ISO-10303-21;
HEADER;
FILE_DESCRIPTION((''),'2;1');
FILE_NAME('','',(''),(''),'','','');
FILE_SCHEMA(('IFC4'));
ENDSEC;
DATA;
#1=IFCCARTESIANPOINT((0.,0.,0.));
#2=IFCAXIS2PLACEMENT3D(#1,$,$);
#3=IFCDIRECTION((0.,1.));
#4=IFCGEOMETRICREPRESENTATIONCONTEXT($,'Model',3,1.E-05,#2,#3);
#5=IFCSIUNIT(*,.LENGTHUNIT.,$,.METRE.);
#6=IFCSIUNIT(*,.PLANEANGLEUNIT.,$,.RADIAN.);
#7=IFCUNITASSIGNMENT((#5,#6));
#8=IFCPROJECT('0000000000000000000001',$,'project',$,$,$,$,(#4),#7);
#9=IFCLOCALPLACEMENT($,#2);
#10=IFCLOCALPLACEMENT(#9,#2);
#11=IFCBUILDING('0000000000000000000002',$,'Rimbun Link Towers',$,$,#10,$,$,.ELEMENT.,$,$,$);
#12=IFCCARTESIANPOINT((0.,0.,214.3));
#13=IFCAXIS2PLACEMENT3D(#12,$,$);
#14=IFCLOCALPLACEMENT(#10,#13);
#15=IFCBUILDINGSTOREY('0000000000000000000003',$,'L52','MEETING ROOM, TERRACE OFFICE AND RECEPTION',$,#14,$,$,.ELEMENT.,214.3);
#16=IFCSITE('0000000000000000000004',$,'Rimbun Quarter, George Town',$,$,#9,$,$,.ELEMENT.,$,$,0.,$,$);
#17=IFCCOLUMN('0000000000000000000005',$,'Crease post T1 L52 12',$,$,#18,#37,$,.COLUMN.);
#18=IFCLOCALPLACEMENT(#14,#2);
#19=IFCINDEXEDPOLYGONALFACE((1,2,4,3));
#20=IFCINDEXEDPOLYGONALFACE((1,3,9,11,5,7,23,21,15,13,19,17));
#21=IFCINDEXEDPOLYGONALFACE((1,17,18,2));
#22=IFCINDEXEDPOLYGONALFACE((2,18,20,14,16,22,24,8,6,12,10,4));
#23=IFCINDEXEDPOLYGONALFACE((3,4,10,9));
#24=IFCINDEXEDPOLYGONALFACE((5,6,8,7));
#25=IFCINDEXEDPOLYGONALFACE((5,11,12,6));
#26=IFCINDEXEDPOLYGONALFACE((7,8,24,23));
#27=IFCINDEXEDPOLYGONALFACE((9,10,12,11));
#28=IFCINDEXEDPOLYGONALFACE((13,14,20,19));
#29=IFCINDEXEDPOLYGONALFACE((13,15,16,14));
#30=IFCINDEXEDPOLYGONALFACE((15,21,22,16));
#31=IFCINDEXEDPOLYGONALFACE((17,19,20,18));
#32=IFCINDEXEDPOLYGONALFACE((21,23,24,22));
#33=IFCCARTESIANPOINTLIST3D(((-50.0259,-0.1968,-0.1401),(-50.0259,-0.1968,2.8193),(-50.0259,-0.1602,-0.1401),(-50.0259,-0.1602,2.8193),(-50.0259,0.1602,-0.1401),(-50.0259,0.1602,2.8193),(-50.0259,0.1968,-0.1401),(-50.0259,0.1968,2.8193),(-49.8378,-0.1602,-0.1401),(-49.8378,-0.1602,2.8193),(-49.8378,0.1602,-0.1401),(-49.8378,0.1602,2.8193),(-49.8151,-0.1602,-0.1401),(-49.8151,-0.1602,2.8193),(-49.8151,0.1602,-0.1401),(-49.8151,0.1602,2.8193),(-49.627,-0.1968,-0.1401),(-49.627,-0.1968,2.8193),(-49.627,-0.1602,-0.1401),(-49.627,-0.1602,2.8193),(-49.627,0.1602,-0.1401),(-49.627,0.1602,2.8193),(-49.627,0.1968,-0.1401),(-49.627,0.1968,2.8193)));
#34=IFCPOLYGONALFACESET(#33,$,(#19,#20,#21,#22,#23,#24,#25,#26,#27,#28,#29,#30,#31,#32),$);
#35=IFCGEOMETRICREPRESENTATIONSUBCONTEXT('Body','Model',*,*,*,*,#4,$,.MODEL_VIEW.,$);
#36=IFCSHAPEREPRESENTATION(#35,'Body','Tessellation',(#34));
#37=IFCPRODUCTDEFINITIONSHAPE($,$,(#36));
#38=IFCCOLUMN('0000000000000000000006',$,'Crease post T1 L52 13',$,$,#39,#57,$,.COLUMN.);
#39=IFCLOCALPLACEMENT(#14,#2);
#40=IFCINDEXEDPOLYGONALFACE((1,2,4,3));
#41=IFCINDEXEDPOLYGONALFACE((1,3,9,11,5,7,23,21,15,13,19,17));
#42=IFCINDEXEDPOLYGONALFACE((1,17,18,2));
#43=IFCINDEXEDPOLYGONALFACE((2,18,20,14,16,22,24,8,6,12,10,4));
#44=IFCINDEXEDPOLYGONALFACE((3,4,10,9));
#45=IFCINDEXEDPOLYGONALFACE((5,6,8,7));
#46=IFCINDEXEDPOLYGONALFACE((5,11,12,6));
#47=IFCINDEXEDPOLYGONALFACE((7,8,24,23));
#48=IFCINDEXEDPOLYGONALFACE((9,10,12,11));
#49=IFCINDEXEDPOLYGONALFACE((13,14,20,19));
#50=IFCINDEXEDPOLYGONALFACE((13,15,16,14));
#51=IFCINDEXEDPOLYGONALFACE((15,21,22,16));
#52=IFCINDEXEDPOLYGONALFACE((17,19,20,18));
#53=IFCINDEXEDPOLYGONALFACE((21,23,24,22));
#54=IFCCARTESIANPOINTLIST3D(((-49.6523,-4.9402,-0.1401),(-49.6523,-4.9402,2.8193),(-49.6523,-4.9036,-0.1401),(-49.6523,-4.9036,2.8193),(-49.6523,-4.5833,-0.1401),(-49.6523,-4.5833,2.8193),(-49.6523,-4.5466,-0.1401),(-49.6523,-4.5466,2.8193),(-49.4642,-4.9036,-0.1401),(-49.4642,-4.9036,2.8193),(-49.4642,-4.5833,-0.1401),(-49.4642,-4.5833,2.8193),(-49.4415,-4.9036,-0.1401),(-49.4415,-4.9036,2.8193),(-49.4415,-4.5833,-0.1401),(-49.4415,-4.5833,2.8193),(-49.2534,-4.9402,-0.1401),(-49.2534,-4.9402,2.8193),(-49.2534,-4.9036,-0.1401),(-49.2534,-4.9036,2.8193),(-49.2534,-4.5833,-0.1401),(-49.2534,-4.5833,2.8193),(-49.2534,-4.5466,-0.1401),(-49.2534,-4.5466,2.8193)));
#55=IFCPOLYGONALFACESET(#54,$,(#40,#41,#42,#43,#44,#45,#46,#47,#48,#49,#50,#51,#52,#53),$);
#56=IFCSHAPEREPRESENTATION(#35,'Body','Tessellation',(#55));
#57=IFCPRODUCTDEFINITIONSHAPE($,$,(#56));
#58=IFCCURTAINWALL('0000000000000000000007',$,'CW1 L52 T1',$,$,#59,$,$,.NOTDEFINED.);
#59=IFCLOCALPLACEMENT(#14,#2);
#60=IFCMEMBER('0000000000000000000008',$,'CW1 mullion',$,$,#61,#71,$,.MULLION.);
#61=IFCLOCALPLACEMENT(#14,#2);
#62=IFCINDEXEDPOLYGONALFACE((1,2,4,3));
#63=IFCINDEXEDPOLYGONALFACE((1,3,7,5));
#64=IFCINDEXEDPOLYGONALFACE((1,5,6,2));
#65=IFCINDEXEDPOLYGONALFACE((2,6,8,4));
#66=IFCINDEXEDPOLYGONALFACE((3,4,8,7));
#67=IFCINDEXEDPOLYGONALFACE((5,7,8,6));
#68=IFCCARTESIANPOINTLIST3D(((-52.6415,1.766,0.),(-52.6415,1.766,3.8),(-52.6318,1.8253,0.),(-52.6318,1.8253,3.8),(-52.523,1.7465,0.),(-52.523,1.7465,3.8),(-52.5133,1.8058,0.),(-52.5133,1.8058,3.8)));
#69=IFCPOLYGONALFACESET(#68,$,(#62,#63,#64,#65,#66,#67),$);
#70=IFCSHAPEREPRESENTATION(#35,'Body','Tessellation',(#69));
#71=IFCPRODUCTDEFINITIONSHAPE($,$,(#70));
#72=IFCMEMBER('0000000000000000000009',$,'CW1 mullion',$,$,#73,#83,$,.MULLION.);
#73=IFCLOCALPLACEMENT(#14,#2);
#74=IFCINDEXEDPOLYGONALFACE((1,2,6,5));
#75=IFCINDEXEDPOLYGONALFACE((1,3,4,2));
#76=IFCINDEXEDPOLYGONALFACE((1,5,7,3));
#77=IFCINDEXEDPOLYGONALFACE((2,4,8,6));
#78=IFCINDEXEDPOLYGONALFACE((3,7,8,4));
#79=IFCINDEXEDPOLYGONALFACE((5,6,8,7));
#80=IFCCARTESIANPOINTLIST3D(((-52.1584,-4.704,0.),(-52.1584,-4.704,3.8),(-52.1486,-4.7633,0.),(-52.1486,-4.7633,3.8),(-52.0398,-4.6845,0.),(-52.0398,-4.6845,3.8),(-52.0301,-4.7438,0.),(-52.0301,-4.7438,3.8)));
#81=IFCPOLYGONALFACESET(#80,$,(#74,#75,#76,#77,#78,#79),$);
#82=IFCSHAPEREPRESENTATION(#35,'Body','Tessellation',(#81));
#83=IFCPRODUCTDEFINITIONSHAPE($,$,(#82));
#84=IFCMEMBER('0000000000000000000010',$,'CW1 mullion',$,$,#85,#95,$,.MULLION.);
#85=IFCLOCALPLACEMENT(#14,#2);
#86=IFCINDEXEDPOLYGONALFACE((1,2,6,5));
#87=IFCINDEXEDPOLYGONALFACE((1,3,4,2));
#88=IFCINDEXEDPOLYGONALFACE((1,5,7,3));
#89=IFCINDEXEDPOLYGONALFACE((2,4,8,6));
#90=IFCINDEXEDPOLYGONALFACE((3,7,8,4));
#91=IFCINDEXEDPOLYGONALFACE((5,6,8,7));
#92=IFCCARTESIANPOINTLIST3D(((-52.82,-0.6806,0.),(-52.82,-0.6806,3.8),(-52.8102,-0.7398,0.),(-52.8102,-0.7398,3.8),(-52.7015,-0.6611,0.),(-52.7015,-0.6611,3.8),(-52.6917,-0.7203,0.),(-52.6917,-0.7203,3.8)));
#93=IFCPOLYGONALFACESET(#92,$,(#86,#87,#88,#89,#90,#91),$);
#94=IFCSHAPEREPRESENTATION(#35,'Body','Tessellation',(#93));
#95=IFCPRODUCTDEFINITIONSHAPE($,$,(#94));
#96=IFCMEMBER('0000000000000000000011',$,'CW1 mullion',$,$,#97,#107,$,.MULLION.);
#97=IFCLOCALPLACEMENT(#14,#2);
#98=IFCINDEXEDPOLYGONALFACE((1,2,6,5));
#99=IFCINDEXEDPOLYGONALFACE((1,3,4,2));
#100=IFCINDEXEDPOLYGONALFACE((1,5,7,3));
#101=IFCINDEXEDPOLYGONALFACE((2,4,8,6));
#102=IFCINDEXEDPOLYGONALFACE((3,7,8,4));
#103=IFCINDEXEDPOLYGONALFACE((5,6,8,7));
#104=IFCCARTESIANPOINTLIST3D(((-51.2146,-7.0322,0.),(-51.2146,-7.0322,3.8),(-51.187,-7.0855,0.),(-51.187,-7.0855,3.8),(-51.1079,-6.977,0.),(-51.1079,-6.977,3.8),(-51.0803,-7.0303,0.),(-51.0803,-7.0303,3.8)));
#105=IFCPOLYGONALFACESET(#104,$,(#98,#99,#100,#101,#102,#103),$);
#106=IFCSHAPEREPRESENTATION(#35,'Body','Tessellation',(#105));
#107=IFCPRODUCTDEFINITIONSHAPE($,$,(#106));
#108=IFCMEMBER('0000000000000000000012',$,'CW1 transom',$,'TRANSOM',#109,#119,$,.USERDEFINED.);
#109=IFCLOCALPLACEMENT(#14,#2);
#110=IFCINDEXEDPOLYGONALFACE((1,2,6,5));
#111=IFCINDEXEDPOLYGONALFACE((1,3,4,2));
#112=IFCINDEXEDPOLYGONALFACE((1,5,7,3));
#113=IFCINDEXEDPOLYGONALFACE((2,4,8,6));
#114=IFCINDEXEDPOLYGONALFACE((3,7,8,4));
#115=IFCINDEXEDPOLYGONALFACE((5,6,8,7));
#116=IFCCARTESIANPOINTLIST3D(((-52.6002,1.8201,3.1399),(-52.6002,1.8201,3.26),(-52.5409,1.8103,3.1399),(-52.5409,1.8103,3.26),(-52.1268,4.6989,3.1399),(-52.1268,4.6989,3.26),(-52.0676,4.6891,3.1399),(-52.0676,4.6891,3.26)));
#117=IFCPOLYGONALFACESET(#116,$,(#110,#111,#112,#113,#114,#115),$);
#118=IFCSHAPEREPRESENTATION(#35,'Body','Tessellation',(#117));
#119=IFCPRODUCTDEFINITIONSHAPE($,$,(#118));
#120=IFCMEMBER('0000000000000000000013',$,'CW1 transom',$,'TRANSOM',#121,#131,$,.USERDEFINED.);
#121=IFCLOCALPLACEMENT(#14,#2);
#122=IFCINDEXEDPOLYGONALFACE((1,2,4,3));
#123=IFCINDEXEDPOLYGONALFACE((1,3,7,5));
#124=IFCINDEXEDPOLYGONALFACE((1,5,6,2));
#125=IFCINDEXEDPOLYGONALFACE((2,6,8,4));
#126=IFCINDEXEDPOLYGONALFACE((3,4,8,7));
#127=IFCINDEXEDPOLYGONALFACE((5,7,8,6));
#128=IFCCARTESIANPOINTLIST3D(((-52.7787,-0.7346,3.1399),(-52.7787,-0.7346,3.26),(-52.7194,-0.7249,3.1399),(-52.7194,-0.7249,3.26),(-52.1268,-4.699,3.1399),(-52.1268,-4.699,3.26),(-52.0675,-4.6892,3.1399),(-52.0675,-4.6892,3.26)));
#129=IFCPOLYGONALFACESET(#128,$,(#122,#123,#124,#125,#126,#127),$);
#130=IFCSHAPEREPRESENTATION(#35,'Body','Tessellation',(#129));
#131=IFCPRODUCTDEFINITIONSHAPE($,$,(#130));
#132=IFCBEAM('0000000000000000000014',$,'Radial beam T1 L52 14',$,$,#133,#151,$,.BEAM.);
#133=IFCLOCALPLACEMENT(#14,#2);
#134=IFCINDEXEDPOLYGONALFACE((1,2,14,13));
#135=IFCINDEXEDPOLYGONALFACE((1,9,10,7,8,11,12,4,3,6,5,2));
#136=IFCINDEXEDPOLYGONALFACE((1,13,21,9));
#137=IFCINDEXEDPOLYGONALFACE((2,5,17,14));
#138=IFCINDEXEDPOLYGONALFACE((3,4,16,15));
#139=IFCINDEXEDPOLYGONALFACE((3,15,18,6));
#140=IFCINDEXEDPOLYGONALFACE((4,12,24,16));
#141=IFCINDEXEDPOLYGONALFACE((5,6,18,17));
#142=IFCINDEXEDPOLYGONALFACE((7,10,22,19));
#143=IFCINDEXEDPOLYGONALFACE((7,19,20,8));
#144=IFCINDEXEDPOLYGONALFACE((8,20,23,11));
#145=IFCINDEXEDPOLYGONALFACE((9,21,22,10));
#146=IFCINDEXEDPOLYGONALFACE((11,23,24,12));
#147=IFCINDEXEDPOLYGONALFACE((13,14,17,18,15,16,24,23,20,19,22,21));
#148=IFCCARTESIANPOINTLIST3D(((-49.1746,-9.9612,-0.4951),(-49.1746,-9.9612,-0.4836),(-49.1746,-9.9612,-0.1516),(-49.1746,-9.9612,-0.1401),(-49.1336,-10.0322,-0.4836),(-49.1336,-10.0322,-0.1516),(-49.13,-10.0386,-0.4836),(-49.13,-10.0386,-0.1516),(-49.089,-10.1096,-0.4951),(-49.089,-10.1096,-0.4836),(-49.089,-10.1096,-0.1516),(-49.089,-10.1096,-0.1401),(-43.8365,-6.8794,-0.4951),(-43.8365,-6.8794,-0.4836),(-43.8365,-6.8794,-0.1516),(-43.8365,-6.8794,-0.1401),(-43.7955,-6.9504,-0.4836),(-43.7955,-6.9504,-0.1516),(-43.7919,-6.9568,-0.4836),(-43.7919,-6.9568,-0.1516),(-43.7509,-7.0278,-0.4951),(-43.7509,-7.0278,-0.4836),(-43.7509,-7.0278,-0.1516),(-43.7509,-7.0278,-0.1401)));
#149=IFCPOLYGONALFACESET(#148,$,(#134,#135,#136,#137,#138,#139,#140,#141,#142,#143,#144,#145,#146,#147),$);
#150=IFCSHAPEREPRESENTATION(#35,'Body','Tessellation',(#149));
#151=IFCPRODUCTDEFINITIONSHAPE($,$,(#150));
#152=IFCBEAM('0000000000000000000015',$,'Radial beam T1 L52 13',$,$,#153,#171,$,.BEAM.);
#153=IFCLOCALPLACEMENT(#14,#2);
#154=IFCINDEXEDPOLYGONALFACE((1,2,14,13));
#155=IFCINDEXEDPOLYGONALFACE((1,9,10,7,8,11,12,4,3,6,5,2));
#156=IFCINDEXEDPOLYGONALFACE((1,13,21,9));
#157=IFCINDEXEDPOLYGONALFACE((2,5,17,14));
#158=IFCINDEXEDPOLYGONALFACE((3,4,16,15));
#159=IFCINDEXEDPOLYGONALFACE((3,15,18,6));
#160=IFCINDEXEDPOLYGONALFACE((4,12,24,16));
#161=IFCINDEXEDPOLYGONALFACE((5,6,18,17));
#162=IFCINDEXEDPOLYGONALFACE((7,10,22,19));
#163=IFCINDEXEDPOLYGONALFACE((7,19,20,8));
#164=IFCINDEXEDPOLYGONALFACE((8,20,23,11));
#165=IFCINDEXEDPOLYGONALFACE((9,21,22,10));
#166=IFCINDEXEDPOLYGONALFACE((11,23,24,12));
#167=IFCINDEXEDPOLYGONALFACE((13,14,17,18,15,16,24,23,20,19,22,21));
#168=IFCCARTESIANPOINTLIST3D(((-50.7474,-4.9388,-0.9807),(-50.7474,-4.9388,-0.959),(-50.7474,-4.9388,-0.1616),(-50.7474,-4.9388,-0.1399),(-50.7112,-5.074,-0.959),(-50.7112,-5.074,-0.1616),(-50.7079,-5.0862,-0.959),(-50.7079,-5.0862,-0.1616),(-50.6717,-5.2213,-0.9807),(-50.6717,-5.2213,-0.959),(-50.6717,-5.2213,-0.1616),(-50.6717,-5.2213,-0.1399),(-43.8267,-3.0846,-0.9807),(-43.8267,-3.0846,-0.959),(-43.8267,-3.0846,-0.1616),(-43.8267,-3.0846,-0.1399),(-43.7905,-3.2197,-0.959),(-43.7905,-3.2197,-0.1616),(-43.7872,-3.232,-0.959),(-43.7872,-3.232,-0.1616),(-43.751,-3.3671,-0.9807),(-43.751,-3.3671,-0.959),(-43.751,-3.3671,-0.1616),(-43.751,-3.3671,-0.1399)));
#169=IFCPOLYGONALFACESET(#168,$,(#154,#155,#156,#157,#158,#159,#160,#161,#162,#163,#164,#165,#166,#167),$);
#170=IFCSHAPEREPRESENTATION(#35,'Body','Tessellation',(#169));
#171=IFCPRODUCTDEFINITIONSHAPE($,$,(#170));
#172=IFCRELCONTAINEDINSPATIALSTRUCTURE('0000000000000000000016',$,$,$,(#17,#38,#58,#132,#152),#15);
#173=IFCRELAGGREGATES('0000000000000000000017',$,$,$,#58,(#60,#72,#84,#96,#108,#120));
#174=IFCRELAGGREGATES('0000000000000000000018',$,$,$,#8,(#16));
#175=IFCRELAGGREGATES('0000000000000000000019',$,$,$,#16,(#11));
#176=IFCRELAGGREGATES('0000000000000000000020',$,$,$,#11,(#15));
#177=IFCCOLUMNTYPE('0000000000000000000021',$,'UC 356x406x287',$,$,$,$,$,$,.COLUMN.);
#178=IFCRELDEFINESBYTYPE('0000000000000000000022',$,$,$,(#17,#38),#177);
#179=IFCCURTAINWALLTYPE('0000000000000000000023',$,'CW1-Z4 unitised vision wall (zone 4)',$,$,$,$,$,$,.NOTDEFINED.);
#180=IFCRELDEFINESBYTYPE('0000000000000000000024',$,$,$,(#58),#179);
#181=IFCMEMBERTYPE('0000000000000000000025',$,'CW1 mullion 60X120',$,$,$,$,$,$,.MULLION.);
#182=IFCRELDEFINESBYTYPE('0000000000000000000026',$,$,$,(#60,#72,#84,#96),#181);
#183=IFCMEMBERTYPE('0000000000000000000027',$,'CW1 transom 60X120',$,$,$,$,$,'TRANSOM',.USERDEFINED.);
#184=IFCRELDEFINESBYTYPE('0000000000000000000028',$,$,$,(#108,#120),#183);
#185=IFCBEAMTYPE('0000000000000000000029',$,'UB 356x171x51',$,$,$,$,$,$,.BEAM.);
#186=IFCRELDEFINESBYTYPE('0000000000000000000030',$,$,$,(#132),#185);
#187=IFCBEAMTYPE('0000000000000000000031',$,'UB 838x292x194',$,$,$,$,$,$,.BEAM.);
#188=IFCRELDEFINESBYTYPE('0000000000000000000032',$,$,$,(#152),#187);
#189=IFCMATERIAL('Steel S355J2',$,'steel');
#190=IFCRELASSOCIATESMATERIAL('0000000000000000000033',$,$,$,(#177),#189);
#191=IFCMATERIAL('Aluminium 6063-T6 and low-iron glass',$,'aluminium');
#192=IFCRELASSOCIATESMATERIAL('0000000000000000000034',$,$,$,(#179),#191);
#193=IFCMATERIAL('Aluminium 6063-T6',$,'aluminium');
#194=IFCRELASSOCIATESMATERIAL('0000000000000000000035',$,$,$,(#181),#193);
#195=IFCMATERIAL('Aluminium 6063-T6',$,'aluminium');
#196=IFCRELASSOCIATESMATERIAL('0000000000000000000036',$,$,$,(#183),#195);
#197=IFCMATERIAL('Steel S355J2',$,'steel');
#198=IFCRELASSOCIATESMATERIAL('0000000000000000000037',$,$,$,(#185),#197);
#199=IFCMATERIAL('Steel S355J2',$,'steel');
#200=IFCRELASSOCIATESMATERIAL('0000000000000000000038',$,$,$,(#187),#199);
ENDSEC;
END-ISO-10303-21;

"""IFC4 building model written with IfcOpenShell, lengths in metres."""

from ifc_helpers import new_model, si_unit, direction, frame, origin, origin_2d, place, context, subcontext, project, spatial, rectangle, i_section, extrude, material, material_profile, profile_set, type_object, element, aggregate, save


model = new_model("IFC4")

# Units and contexts
model_context = context("Model", 3, precision=1e-05, world=origin(), true_north=direction((0.0, 1.0)))
body_context = subcontext(model_context, "Body", "Model", "MODEL_VIEW")
ifc_project = project(units=[si_unit("LENGTHUNIT", "METRE"), si_unit("PLANEANGLEUNIT", "RADIAN")], contexts=[model_context])

# Site, building, storey
site_placement = place(None, origin())
site = spatial("IfcSite", under=ifc_project, at=site_placement, Name="Rimbun Quarter, George Town", CompositionType="ELEMENT", RefElevation=0.0)
building_placement = place(site_placement, origin())
building = spatial("IfcBuilding", under=site, at=building_placement, Name="Rimbun Link Towers", CompositionType="ELEMENT")
storey_placement = place(building_placement, frame((0.0, 0.0, 214.3)))
storey = spatial("IfcBuildingStorey", under=building, at=storey_placement, Name="L52", Description="MEETING ROOM, TERRACE OFFICE AND RECEPTION", CompositionType="ELEMENT", Elevation=214.3)

# Columns
ifc_material_1 = material(Name="Steel S355J2", Category="steel")
ifc_material_profile_1 = material_profile(ifc_material_1, i_section(OverallWidth=0.3989, OverallDepth=0.3936, WebThickness=0.0227, FlangeThickness=0.0366, at=origin_2d()), Name="UC 356x406x287")
ifc_profile_set_1 = profile_set([ifc_material_profile_1], Name="Steel S355J2")
column_type = type_object("IfcColumnType", Name="UC 356x406x287", PredefinedType="COLUMN", material=ifc_profile_set_1)
for number, where, z_axis, x_axis, name in (
    (1, (-49.8264, 0.0, -0.1401), (0.0, 0.0, 1.0), (1.0, 0.0, 0.0), "Crease post T1 L52 12"),
    (2, (-49.4529, -4.7434, -0.1401), (0.0, 0.0, 1.0), (1.0, 0.0, 0.0), "Crease post T1 L52 13"),
):
    element("IfcColumn", number, at=place(storey_placement, frame(where, z_axis=z_axis, x_axis=x_axis)), inside=storey, type_object=column_type, Name=name, PredefinedType="COLUMN", context=body_context, shape_type="SweptSolid", body=[
        extrude(i_section(OverallWidth=0.3989, OverallDepth=0.3936, WebThickness=0.0227, FlangeThickness=0.0366, at=origin_2d()), origin(), (0.0, 0.0, 1.0), 2.9595),
    ])

# Curtain wall, members
ifc_material_2 = material(Name="Aluminium 6063-T6 and low-iron glass", Category="aluminium")
curtain_wall_type = type_object("IfcCurtainWallType", Name="CW1-Z4 unitised vision wall (zone 4)", PredefinedType="NOTDEFINED", material=ifc_material_2)
curtain_wall_placement = place(storey_placement, origin())
curtain_wall = element("IfcCurtainWall", 3, at=curtain_wall_placement, inside=storey, type_object=curtain_wall_type, Name="CW1 L52 T1", PredefinedType="NOTDEFINED")
ifc_material_3 = material(Name="Aluminium 6063-T6", Category="aluminium")
ifc_material_profile_2 = material_profile(ifc_material_3, rectangle(XDim=0.1201, YDim=0.0601, at=origin_2d()), Name="MULLION 60X120")
ifc_profile_set_2 = profile_set([ifc_material_profile_2], Name="Aluminium 6063-T6")
member_type_1 = type_object("IfcMemberType", Name="CW1 mullion 60X120", PredefinedType="MULLION", material=ifc_profile_set_2)
member_1_placement = place(storey_placement, frame((-52.5774, 1.7859, 0.0), z_axis=(0.0, 0.0, 1.0), x_axis=(-0.986747, 0.162264, 0.0)))
member_1 = element("IfcMember", 4, at=member_1_placement, type_object=member_type_1, Name="CW1 mullion", PredefinedType="MULLION", context=body_context, shape_type="SweptSolid", body=[
    extrude(rectangle(XDim=0.1201, YDim=0.0601, at=origin_2d()), origin(), (0.0, 0.0, 1.0), 3.8),
])
member_2_placement = place(storey_placement, frame((-52.0942, -4.7239, 0.0), z_axis=(0.0, 0.0, 1.0), x_axis=(-0.986747, -0.162264, 0.0)))
member_2 = element("IfcMember", 5, at=member_2_placement, type_object=member_type_1, Name="CW1 mullion", PredefinedType="MULLION", context=body_context, shape_type="SweptSolid", body=[
    extrude(rectangle(XDim=0.1201, YDim=0.0601, at=origin_2d()), origin(), (0.0, 0.0, 1.0), 3.8),
])
member_3_placement = place(storey_placement, frame((-52.7559, -0.7004, 0.0), z_axis=(0.0, 0.0, 1.0), x_axis=(-0.986747, -0.162264, 0.0)))
member_3 = element("IfcMember", 6, at=member_3_placement, type_object=member_type_1, Name="CW1 mullion", PredefinedType="MULLION", context=body_context, shape_type="SweptSolid", body=[
    extrude(rectangle(XDim=0.1201, YDim=0.0601, at=origin_2d()), origin(), (0.0, 0.0, 1.0), 3.8),
])
member_4_placement = place(storey_placement, frame((-51.1475, -7.0312, 0.0), z_axis=(0.0, 0.0, 1.0), x_axis=(-0.88815, -0.459554, 0.0)))
member_4 = element("IfcMember", 7, at=member_4_placement, type_object=member_type_1, Name="CW1 mullion", PredefinedType="MULLION", context=body_context, shape_type="SweptSolid", body=[
    extrude(rectangle(XDim=0.1201, YDim=0.0601, at=origin_2d()), origin(), (0.0, 0.0, 1.0), 3.8),
])
ifc_material_4 = material(Name="Aluminium 6063-T6", Category="aluminium")
ifc_material_profile_3 = material_profile(ifc_material_4, rectangle(XDim=0.0601, YDim=0.1201, at=origin_2d()), Name="TRANSOM 60X120")
ifc_profile_set_3 = profile_set([ifc_material_profile_3], Name="Aluminium 6063-T6")
member_type_2 = type_object("IfcMemberType", Name="CW1 transom 60X120", ElementType="TRANSOM", PredefinedType="USERDEFINED", material=ifc_profile_set_3)
member_5_placement = place(storey_placement, frame((-52.5706, 1.8152, 3.2), z_axis=(0.162255, 0.986749, 0.0), x_axis=(-0.986749, 0.162255, 0.0)))
member_5 = element("IfcMember", 8, at=member_5_placement, type_object=member_type_2, Name="CW1 transom", ObjectType="TRANSOM", PredefinedType="USERDEFINED", context=body_context, shape_type="SweptSolid", body=[
    extrude(rectangle(XDim=0.0601, YDim=0.1201, at=origin_2d()), origin(), (0.0, 0.0, 1.0), 2.9175),
])
member_6_placement = place(storey_placement, frame((-52.0972, -4.6941, 3.2), z_axis=(-0.16225, 0.98675, 0.0), x_axis=(-0.98675, -0.16225, 0.0)))
member_6 = element("IfcMember", 9, at=member_6_placement, type_object=member_type_2, Name="CW1 transom", ObjectType="TRANSOM", PredefinedType="USERDEFINED", context=body_context, shape_type="SweptSolid", body=[
    extrude(rectangle(XDim=0.0601, YDim=0.1201, at=origin_2d()), origin(), (0.0, 0.0, 1.0), 4.0176),
])

# Beams
ifc_material_5 = material(Name="Steel S355J2", Category="steel")
ifc_material_profile_4 = material_profile(ifc_material_5, i_section(OverallWidth=0.1714, OverallDepth=0.355, WebThickness=0.0073, FlangeThickness=0.0115, at=origin_2d()), Name="UB 356x171x51")
ifc_profile_set_4 = profile_set([ifc_material_profile_4], Name="Steel S355J2")
beam_type_1 = type_object("IfcBeamType", Name="UB 356x171x51", PredefinedType="BEAM", material=ifc_profile_set_4)
beam_1_placement = place(storey_placement, frame((-43.7937, -6.9536, -0.3176), z_axis=(-0.866039, -0.499977, 0.0), x_axis=(0.499977, -0.866039, 0.0)))
element("IfcBeam", 10, at=beam_1_placement, inside=storey, type_object=beam_type_1, Name="Radial beam T1 L52 14", PredefinedType="BEAM", context=body_context, shape_type="SweptSolid", body=[
    extrude(i_section(OverallWidth=0.1714, OverallDepth=0.355, WebThickness=0.0073, FlangeThickness=0.0115, at=origin_2d()), origin(), (0.0, 0.0, 1.0), 6.1638),
])
ifc_material_6 = material(Name="Steel S355J2", Category="steel")
ifc_material_profile_5 = material_profile(ifc_material_6, i_section(OverallWidth=0.2925, OverallDepth=0.8408, WebThickness=0.0127, FlangeThickness=0.0217, at=origin_2d()), Name="UB 838x292x194")
ifc_profile_set_5 = profile_set([ifc_material_profile_5], Name="Steel S355J2")
beam_type_2 = type_object("IfcBeamType", Name="UB 838x292x194", PredefinedType="BEAM", material=ifc_profile_set_5)
beam_2_placement = place(storey_placement, frame((-43.7888, -3.2258, -0.5603), z_axis=(-0.965931, -0.258801, 0.0), x_axis=(0.258801, -0.965931, 0.0)))
element("IfcBeam", 11, at=beam_2_placement, inside=storey, type_object=beam_type_2, Name="Radial beam T1 L52 13", PredefinedType="BEAM", context=body_context, shape_type="SweptSolid", body=[
    extrude(i_section(OverallWidth=0.2925, OverallDepth=0.8408, WebThickness=0.0127, FlangeThickness=0.0217, at=origin_2d()), origin(), (0.0, 0.0, 1.0), 7.1648),
])

aggregate(curtain_wall, [member_1, member_2, member_3, member_4, member_5, member_6])

save(model, "model.ifc")
